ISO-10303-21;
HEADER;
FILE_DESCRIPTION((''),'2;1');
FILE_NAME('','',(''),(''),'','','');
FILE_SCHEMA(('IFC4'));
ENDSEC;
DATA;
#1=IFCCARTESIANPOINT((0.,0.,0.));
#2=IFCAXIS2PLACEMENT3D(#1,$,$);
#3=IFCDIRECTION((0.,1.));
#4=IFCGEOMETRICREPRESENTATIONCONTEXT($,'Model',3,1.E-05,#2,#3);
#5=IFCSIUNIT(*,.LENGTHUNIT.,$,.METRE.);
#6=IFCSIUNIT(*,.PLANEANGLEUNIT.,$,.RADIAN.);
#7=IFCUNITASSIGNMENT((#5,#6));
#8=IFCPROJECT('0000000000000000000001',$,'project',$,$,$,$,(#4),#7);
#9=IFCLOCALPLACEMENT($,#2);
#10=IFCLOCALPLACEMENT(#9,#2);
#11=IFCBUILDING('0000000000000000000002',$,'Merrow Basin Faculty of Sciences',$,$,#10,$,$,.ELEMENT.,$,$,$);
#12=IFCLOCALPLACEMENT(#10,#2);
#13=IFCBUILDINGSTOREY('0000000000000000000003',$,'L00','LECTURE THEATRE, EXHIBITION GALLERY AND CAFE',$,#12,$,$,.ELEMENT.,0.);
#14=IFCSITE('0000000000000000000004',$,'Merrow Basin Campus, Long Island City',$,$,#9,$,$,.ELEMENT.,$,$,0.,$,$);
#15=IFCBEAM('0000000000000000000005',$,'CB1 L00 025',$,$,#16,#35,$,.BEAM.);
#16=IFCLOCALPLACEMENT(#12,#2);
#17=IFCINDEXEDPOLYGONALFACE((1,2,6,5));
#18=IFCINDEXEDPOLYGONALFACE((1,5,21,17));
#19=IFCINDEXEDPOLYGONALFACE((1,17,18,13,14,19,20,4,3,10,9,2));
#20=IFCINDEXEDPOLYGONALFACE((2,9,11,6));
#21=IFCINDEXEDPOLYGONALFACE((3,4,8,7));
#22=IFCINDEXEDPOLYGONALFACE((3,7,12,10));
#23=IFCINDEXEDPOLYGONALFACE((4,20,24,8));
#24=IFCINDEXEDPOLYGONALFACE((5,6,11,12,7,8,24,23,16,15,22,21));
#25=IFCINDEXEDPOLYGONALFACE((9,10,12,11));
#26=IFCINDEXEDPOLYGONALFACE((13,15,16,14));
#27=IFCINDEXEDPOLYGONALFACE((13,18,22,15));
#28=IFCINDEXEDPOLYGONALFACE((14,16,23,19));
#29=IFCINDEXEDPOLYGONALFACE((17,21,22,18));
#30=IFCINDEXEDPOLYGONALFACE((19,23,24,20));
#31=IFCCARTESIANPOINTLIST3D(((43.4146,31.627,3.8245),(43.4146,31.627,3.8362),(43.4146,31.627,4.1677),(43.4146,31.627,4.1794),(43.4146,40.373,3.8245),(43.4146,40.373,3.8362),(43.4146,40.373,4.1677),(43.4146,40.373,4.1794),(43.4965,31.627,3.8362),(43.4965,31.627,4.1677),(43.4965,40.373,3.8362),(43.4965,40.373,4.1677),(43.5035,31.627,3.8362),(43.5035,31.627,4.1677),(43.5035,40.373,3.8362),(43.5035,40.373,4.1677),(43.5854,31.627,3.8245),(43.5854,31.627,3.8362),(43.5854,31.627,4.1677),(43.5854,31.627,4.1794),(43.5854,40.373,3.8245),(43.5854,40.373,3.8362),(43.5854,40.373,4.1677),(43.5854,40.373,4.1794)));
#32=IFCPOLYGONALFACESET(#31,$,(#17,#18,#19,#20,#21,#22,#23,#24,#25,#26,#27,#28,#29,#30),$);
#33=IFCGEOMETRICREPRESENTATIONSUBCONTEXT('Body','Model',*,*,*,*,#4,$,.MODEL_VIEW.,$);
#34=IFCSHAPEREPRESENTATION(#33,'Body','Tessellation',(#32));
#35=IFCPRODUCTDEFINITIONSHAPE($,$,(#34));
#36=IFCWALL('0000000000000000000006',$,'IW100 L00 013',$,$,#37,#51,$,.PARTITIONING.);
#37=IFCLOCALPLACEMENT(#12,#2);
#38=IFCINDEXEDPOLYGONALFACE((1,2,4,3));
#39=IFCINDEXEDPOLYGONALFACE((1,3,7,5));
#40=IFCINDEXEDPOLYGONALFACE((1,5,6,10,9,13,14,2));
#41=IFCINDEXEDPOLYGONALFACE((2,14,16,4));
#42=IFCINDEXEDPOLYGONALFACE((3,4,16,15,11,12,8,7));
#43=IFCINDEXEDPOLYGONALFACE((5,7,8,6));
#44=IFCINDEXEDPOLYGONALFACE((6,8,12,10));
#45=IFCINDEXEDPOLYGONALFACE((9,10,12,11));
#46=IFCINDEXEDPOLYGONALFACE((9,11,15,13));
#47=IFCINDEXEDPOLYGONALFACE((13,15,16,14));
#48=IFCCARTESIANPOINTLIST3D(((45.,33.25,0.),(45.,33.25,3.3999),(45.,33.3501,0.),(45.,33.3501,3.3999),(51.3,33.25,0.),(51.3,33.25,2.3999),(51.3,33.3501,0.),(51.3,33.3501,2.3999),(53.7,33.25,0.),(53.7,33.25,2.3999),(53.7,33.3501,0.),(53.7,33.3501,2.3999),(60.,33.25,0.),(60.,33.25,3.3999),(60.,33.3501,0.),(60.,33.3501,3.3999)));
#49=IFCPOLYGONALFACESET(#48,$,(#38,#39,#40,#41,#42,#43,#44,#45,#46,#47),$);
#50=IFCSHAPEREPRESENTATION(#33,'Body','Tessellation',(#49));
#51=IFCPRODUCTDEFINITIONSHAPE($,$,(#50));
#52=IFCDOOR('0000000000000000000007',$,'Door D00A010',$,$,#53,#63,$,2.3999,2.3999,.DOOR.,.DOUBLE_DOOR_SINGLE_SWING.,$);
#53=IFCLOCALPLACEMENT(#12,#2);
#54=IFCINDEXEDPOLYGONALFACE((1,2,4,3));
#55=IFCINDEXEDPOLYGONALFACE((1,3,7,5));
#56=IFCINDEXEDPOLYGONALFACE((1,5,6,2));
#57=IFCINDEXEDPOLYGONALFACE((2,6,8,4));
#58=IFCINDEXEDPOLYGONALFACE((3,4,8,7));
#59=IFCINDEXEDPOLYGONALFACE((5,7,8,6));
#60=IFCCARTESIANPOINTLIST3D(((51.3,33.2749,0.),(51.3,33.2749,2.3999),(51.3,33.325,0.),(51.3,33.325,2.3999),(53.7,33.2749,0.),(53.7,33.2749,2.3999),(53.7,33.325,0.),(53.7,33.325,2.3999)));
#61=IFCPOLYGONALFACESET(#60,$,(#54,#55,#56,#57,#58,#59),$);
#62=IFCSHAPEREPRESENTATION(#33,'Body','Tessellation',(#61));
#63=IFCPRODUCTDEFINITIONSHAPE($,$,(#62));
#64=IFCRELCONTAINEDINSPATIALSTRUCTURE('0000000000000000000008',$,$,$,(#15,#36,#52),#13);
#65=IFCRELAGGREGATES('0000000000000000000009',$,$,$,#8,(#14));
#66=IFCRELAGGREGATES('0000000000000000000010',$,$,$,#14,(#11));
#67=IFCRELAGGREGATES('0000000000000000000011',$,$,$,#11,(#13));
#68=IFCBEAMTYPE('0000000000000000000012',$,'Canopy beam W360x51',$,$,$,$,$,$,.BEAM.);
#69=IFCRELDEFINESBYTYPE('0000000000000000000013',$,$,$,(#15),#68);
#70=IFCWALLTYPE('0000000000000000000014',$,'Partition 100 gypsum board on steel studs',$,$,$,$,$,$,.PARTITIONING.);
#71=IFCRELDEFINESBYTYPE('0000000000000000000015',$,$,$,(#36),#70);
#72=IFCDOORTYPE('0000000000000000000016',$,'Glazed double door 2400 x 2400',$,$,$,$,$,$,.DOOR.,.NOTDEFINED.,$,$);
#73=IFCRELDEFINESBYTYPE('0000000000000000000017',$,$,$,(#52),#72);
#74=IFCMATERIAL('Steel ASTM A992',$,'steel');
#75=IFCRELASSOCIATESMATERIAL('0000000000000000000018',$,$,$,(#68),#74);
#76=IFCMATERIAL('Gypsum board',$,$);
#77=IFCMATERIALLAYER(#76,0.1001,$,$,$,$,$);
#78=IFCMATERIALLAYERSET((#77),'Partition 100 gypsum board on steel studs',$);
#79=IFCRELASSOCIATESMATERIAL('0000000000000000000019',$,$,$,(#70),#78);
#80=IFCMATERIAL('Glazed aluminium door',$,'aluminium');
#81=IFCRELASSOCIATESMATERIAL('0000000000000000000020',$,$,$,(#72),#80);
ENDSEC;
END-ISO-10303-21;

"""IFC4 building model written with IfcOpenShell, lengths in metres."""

from ifc_helpers import new_model, si_unit, direction, frame, frame_2d, origin, origin_2d, place, context, subcontext, project, spatial, rectangle, i_section, extrude, material, layer, layer_set, material_profile, profile_set, type_object, element, fill, save


model = new_model("IFC4")

# Units and contexts
model_context = context("Model", 3, precision=1e-05, world=origin(), true_north=direction((0.0, 1.0)))
body_context = subcontext(model_context, "Body", "Model", "MODEL_VIEW")
ifc_project = project(units=[si_unit("LENGTHUNIT", "METRE"), si_unit("PLANEANGLEUNIT", "RADIAN")], contexts=[model_context])

# Site, building, storey
site_placement = place(None, origin())
site = spatial("IfcSite", under=ifc_project, at=site_placement, Name="Merrow Basin Campus, Long Island City", CompositionType="ELEMENT", RefElevation=0.0)
building_placement = place(site_placement, origin())
building = spatial("IfcBuilding", under=site, at=building_placement, Name="Merrow Basin Faculty of Sciences", CompositionType="ELEMENT")
storey_placement = place(building_placement, origin())
storey = spatial("IfcBuildingStorey", under=building, at=storey_placement, Name="L00", Description="LECTURE THEATRE, EXHIBITION GALLERY AND CAFE", CompositionType="ELEMENT", Elevation=0.0)

# Beam
ifc_material_1 = material(Name="Steel ASTM A992", Category="steel")
ifc_material_profile_1 = material_profile(ifc_material_1, i_section(OverallWidth=0.1709, OverallDepth=0.355, WebThickness=0.0071, FlangeThickness=0.0117, at=origin_2d()))
ifc_profile_set_1 = profile_set([ifc_material_profile_1], Name="Steel ASTM A992")
beam_type = type_object("IfcBeamType", Name="Canopy beam W360x51", PredefinedType="BEAM", material=ifc_profile_set_1)
for number, where, z_axis, x_axis, name in (
    (1, (43.5, 31.627, 4.002), (0.0, 1.0, 0.0), (-1.0, 0.0, 0.0), "CB1 L00 025"),
):
    element("IfcBeam", number, at=place(storey_placement, frame(where, z_axis=z_axis, x_axis=x_axis)), inside=storey, type_object=beam_type, Name=name, PredefinedType="BEAM", context=body_context, shape_type="SweptSolid", body=[
        extrude(i_section(OverallWidth=0.1709, OverallDepth=0.355, WebThickness=0.0071, FlangeThickness=0.0117, at=origin_2d()), origin(), (0.0, 0.0, 1.0), 8.7461),
    ])

# Wall, opening, door
ifc_material_2 = material(Name="Gypsum board")
ifc_layer = layer(ifc_material_2, 0.1001)
ifc_layer_set = layer_set([ifc_layer], Name="Partition 100 gypsum board on steel studs")
wall_type = type_object("IfcWallType", Name="Partition 100 gypsum board on steel studs", PredefinedType="PARTITIONING", material=ifc_layer_set)
wall_placement = place(storey_placement, frame((45.0, 33.3, 0.0), z_axis=(0.0, 0.0, 1.0), x_axis=(1.0, 0.0, 0.0)))
wall = element("IfcWall", 2, at=wall_placement, inside=storey, type_object=wall_type, Name="IW100 L00 013", PredefinedType="PARTITIONING", context=body_context, shape_type="SweptSolid", body=[
    extrude(rectangle(XDim=15.0, YDim=0.1001, at=frame_2d((7.5, 0.0))), origin(), (0.0, 0.0, 1.0), 3.3999),
])
opening_placement = place(wall_placement, frame((6.3, 0.0, 0.0)))
opening = element("IfcOpeningElement", 3, at=opening_placement, cuts=wall, PredefinedType="OPENING", context=body_context, shape_type="SweptSolid", body=[
    extrude(rectangle(XDim=2.3999, YDim=2.3999, at=frame_2d((1.2, 1.2))), frame((0.0, 0.0601, 0.0), z_axis=(0.0, -1.0, 0.0), x_axis=(1.0, 0.0, 0.0)), (0.0, 0.0, 1.0), 0.1201),
])
ifc_material_3 = material(Name="Glazed aluminium door", Category="aluminium")
door_type = type_object("IfcDoorType", Name="Glazed double door 2400 x 2400", OperationType="NOTDEFINED", PredefinedType="DOOR", material=ifc_material_3)
door_placement = place(opening_placement, origin())
door = element("IfcDoor", 4, at=door_placement, inside=storey, type_object=door_type, Name="Door D00A010", OperationType="DOUBLE_DOOR_SINGLE_SWING", OverallHeight=2.3999, OverallWidth=2.3999, PredefinedType="DOOR", context=body_context, shape_type="SweptSolid", body=[
    extrude(rectangle(XDim=2.3999, YDim=2.3999, at=frame_2d((1.2, 1.2))), frame((0.0, 0.0249, 0.0), z_axis=(0.0, -1.0, 0.0), x_axis=(1.0, 0.0, 0.0)), (0.0, 0.0, 1.0), 0.05),
])
fill(opening, door)

save(model, "model.ifc")
